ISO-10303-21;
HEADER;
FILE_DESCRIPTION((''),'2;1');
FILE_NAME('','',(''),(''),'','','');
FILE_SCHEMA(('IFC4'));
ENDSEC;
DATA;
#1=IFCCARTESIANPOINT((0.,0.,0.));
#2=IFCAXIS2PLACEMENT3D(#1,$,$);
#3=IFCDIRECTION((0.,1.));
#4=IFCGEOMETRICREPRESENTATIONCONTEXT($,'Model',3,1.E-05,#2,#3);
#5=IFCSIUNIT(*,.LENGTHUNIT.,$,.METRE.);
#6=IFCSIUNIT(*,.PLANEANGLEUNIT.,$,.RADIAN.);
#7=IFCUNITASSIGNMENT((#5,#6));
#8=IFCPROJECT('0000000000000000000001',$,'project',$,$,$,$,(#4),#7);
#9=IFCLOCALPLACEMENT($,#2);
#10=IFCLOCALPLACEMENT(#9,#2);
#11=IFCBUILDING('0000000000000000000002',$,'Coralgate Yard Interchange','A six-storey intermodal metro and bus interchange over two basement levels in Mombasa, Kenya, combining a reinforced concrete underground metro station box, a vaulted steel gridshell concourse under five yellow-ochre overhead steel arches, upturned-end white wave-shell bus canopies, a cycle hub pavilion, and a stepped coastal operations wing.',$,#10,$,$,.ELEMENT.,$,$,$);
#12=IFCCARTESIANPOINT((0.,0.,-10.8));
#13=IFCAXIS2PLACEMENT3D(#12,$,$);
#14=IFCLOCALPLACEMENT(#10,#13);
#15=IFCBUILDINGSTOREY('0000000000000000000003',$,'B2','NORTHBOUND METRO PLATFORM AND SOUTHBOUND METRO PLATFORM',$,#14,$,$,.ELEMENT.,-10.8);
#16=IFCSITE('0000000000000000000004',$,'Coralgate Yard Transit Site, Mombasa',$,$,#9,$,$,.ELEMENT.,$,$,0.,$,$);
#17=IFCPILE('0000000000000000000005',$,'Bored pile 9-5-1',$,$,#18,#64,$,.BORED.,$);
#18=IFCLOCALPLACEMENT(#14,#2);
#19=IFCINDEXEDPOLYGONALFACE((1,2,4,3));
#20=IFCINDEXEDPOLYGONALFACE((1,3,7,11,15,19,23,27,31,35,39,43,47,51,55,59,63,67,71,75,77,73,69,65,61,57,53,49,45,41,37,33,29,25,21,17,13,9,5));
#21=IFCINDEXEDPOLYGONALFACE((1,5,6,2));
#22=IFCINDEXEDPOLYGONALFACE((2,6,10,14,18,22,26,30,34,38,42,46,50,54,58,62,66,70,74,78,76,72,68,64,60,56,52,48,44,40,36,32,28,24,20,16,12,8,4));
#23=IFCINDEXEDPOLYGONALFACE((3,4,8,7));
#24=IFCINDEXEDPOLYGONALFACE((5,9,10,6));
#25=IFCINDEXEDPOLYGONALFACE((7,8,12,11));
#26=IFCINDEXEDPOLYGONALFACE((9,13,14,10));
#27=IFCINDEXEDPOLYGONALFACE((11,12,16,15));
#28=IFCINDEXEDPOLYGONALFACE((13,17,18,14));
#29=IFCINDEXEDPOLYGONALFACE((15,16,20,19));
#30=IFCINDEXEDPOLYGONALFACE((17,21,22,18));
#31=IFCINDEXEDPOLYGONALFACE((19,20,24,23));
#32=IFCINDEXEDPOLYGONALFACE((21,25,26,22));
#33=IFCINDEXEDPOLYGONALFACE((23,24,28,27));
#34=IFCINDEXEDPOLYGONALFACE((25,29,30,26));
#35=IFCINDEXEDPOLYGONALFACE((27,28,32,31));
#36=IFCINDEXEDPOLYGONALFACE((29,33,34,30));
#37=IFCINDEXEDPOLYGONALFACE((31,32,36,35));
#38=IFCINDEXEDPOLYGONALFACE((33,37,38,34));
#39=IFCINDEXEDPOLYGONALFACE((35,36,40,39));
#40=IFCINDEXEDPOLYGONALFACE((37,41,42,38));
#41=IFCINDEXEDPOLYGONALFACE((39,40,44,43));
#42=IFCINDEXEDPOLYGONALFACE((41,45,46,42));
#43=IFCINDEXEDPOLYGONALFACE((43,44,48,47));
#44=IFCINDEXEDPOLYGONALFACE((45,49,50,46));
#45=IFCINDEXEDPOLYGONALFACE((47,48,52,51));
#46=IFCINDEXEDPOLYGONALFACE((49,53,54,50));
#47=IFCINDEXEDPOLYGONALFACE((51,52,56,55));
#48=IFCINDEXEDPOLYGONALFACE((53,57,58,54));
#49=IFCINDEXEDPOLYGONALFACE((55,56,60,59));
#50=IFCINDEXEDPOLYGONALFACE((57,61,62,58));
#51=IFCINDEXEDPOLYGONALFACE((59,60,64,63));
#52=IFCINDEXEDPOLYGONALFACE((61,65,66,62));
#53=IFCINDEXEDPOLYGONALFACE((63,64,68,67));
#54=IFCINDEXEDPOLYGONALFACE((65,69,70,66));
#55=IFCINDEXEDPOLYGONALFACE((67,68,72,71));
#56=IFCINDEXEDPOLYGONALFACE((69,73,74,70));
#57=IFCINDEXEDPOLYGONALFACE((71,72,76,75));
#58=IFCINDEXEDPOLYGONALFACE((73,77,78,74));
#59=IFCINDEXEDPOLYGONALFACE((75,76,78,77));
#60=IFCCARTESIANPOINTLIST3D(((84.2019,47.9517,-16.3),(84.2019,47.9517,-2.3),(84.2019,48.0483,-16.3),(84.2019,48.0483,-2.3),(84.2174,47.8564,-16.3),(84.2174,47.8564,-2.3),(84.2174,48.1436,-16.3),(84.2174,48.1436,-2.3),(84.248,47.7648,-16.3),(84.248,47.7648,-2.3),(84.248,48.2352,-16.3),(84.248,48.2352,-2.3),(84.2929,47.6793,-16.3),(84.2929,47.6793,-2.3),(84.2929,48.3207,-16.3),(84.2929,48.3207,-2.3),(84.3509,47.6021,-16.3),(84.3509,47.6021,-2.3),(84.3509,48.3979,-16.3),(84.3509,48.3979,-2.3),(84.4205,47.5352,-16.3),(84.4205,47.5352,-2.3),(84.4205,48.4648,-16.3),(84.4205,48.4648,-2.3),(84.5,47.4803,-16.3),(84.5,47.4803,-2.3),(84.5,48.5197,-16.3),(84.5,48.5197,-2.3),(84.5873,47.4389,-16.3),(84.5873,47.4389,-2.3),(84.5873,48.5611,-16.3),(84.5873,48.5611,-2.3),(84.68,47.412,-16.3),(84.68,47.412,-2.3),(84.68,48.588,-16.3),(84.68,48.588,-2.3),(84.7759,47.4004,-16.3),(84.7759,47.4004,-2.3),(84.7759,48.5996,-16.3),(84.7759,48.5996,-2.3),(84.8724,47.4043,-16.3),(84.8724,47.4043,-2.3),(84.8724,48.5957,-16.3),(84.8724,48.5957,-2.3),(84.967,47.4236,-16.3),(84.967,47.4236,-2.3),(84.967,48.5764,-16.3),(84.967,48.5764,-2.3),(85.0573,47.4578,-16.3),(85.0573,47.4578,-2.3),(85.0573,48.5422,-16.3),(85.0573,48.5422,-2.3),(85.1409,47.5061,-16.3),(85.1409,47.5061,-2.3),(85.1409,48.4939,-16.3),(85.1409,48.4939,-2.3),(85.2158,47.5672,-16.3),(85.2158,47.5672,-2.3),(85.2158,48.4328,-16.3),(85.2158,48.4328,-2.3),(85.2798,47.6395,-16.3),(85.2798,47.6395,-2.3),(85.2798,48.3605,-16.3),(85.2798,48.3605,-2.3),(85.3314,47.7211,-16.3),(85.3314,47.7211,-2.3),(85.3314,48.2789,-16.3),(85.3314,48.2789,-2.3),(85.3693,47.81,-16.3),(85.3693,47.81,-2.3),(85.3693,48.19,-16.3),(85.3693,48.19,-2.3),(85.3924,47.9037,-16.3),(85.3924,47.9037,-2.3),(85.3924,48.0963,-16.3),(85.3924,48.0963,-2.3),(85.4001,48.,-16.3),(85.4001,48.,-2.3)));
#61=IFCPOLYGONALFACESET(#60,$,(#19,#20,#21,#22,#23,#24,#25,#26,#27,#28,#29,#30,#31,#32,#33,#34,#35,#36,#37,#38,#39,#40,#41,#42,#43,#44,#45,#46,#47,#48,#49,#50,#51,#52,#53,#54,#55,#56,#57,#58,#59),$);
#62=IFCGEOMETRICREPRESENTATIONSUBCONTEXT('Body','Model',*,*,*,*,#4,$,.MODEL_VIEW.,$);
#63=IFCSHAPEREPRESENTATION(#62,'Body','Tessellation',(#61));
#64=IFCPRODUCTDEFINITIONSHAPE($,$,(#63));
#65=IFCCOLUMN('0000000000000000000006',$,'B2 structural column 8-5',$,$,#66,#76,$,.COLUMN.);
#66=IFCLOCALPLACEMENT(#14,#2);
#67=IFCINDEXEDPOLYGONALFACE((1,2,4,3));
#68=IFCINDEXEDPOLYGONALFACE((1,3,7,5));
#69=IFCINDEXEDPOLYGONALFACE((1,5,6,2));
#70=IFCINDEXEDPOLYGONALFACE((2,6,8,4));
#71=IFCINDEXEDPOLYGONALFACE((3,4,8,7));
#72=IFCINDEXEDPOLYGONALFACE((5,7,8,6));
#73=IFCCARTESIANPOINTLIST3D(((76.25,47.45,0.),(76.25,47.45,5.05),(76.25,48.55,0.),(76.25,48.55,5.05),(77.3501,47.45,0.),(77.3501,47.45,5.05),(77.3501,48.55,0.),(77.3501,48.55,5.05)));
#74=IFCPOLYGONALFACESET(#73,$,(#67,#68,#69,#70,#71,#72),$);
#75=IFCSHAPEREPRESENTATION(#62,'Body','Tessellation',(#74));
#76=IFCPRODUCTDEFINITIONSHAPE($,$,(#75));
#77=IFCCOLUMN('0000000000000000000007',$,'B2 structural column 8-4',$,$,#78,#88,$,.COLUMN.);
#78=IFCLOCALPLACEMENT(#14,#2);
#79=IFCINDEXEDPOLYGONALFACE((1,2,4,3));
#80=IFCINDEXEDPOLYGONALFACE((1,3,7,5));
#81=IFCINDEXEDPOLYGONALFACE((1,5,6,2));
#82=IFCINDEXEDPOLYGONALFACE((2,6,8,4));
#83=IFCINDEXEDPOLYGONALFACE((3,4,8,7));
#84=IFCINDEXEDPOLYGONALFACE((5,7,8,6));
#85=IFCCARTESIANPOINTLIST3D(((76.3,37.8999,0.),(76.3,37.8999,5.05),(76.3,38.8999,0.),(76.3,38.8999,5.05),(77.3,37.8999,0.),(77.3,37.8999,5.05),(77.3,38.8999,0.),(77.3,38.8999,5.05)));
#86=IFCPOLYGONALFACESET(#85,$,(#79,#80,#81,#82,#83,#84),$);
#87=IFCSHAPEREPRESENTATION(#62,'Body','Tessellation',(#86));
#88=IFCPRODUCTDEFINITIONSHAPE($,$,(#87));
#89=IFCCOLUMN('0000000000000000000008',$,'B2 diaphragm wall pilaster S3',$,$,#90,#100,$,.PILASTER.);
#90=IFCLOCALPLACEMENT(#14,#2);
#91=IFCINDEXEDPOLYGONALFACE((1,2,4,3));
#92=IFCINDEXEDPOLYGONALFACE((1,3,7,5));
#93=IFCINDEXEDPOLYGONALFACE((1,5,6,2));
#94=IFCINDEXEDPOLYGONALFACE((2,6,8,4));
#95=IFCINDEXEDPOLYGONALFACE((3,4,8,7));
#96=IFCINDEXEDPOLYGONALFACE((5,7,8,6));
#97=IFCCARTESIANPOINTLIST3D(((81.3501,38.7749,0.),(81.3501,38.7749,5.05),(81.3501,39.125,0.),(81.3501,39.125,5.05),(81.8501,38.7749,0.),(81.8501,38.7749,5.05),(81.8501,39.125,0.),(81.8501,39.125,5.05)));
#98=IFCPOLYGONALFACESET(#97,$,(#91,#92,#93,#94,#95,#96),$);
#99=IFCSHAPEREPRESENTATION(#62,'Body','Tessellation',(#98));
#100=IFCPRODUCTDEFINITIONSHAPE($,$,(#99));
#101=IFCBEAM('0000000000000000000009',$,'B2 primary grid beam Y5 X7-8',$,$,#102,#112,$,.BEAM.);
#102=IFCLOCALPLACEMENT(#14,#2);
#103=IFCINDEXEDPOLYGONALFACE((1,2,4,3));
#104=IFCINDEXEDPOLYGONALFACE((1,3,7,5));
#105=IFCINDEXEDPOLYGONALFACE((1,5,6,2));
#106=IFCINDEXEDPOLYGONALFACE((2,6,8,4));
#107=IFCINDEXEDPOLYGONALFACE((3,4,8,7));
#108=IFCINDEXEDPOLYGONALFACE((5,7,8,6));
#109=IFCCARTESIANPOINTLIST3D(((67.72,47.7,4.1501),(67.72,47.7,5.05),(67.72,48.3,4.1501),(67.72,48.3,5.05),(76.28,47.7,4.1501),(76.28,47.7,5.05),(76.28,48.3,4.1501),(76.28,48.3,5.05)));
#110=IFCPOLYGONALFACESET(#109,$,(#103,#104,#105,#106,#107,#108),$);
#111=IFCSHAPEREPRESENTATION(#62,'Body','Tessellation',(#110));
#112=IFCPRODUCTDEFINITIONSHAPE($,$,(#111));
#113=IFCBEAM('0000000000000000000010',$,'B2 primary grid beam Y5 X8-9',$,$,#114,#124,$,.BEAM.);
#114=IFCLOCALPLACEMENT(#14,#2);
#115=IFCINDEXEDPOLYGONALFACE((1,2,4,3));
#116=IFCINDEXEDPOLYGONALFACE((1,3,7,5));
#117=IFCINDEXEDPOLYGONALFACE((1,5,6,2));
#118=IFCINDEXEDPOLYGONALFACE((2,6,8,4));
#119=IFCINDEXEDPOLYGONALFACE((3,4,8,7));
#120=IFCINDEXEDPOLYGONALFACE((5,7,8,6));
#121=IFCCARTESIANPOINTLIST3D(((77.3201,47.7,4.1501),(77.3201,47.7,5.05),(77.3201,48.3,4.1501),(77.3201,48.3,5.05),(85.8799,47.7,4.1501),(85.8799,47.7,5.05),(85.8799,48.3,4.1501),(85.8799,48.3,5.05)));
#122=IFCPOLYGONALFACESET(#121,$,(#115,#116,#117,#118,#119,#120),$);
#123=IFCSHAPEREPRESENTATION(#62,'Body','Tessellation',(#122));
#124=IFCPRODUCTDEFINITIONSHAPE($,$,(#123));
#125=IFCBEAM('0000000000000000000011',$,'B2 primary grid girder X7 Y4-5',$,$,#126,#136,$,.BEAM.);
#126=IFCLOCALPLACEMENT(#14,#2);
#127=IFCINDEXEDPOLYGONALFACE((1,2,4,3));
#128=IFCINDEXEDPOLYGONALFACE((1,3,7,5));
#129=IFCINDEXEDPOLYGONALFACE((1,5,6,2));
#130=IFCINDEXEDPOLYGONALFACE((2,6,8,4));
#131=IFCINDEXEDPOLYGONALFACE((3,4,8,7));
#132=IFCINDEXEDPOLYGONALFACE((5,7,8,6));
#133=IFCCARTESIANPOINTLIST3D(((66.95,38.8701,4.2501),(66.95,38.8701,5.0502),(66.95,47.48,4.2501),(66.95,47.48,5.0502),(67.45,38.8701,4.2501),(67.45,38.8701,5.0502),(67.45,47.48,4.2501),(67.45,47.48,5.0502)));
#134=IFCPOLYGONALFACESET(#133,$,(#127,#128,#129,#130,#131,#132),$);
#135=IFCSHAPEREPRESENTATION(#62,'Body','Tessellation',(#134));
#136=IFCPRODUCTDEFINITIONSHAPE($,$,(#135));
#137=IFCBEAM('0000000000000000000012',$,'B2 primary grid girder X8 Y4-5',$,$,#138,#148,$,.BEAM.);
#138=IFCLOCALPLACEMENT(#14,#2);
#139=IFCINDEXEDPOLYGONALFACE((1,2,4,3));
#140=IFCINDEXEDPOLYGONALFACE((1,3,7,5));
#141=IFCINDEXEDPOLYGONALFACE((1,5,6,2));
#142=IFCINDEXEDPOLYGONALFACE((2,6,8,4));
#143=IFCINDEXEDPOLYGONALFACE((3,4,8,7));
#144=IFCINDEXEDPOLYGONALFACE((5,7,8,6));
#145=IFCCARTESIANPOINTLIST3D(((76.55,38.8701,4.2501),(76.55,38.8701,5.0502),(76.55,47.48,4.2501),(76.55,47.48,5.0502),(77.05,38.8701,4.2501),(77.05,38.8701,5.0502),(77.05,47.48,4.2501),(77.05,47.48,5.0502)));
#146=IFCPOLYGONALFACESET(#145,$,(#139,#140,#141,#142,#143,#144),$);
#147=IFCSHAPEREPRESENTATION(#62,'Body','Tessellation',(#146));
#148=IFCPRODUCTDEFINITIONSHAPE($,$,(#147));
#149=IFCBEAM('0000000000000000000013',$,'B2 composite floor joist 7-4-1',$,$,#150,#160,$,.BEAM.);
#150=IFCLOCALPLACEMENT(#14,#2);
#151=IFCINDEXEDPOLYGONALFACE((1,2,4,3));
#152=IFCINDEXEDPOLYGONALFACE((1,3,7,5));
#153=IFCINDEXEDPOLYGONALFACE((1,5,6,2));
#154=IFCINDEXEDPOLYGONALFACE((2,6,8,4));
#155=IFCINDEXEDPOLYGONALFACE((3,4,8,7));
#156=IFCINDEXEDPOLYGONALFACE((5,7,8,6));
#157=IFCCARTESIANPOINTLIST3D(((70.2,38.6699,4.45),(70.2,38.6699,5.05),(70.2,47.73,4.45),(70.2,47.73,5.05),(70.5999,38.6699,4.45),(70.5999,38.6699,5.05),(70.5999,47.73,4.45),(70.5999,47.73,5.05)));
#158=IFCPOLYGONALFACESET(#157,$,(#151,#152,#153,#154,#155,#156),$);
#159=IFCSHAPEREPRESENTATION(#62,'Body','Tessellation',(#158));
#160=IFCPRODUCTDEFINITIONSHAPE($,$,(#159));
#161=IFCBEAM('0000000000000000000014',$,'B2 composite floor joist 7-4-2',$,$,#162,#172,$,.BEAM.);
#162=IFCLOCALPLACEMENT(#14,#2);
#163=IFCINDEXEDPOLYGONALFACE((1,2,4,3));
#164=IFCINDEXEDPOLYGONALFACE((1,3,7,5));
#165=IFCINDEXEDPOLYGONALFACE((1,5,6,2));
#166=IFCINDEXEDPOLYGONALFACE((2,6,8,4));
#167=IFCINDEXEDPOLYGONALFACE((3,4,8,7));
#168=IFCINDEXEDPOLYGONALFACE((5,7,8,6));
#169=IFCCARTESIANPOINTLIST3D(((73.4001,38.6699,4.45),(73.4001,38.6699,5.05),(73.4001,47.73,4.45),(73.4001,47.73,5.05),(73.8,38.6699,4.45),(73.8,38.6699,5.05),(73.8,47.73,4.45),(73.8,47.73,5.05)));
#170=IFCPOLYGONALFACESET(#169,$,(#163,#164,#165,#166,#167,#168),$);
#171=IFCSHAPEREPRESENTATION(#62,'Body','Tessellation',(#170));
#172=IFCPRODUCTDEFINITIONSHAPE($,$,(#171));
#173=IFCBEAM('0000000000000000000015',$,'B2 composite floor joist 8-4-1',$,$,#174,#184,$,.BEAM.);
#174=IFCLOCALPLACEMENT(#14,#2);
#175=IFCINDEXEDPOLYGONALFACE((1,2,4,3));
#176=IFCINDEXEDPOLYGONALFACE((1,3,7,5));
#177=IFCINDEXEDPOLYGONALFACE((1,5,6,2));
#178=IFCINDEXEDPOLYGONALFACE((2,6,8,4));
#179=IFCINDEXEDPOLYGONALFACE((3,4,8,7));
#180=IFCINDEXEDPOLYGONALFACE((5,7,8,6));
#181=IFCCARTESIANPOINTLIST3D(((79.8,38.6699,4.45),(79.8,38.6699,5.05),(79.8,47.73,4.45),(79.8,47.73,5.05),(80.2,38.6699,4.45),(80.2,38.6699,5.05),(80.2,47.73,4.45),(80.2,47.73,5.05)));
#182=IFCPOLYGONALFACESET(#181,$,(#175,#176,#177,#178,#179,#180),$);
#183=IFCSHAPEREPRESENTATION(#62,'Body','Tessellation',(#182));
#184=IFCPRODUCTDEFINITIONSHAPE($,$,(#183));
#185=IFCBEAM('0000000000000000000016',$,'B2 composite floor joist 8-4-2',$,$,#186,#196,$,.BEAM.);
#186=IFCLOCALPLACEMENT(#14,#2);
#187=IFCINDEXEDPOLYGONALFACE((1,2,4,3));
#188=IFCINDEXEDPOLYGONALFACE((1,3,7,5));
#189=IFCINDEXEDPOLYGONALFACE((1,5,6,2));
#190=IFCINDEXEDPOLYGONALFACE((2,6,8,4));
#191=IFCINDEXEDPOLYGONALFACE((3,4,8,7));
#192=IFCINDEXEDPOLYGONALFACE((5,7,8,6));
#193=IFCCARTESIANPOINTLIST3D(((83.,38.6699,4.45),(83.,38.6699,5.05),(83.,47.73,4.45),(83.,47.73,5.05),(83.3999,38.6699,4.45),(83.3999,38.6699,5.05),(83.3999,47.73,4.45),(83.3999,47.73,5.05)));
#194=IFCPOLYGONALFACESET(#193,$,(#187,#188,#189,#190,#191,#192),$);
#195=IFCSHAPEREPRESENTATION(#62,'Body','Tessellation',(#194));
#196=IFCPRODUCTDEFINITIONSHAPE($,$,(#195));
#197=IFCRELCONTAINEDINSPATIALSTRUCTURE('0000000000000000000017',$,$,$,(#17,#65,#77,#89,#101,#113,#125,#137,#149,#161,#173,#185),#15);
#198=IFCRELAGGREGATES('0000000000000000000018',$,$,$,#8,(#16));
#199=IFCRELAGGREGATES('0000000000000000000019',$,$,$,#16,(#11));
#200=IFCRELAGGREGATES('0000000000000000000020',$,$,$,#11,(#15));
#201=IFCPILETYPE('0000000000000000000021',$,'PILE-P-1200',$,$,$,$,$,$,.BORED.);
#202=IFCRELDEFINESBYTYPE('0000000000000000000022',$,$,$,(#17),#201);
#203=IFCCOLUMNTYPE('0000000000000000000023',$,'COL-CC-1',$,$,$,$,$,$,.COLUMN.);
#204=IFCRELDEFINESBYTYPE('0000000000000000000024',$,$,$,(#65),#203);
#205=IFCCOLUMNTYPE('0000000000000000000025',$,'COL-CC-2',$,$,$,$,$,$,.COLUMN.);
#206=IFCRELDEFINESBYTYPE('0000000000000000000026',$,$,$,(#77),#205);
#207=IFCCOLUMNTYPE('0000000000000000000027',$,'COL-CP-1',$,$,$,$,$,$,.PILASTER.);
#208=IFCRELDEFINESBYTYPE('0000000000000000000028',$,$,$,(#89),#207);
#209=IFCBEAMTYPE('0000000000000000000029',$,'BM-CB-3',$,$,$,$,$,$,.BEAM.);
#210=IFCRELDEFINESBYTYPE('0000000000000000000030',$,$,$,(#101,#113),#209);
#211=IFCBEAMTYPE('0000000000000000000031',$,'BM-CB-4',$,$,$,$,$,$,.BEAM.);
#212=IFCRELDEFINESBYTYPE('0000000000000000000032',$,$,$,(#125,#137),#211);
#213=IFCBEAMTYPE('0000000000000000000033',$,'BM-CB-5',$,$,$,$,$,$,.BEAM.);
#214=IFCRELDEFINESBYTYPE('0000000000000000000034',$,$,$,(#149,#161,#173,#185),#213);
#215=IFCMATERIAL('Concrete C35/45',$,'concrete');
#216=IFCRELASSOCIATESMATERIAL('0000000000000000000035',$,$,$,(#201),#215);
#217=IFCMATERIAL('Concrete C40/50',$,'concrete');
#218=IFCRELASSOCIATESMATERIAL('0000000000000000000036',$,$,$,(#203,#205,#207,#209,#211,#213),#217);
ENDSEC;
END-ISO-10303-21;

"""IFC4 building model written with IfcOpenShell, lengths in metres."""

from ifc_helpers import new_model, si_unit, direction, frame, origin, origin_2d, place, context, subcontext, project, spatial, rectangle, circle, extrude, material, material_profile, profile_set, type_object, element, save


model = new_model("IFC4")

# Units and contexts
model_context = context("Model", 3, precision=1e-05, world=origin(), true_north=direction((0.0, 1.0)))
body_context = subcontext(model_context, "Body", "Model", "MODEL_VIEW")
ifc_project = project(units=[si_unit("LENGTHUNIT", "METRE"), si_unit("PLANEANGLEUNIT", "RADIAN")], contexts=[model_context])

# Site, building, storey
site_placement = place(None, origin())
site = spatial("IfcSite", under=ifc_project, at=site_placement, Name="Coralgate Yard Transit Site, Mombasa", CompositionType="ELEMENT", RefElevation=0.0)
building_placement = place(site_placement, origin())
building = spatial("IfcBuilding", under=site, at=building_placement, Name="Coralgate Yard Interchange", Description="A six-storey intermodal metro and bus interchange over two basement levels in Mombasa, Kenya, combining a reinforced concrete underground metro station box, a vaulted steel gridshell concourse under five yellow-ochre overhead steel arches, upturned-end white wave-shell bus canopies, a cycle hub pavilion, and a stepped coastal operations wing.", CompositionType="ELEMENT")
storey_placement = place(building_placement, frame((0.0, 0.0, -10.8)))
storey = spatial("IfcBuildingStorey", under=building, at=storey_placement, Name="B2", Description="NORTHBOUND METRO PLATFORM AND SOUTHBOUND METRO PLATFORM", CompositionType="ELEMENT", Elevation=-10.8)

# Shared definitions
ifc_material_1 = material(Name="Concrete C40/50", Category="concrete")

# Pile
ifc_material_2 = material(Name="Concrete C35/45", Category="concrete")
ifc_material_profile_1 = material_profile(ifc_material_2, circle(Radius=0.6001, at=origin_2d()), Name="BORED PILE D1200")
ifc_profile_set_1 = profile_set([ifc_material_profile_1], Name="Concrete C35/45")
pile_type = type_object("IfcPileType", Name="PILE-P-1200", PredefinedType="BORED", material=ifc_profile_set_1)
for number, where, z_axis, x_axis, name in (
    (1, (84.8, 48.0, -2.3), (0.0, 0.0, -1.0), (1.0, 0.0, 0.0), "Bored pile 9-5-1"),
):
    element("IfcPile", number, at=place(storey_placement, frame(where, z_axis=z_axis, x_axis=x_axis)), inside=storey, type_object=pile_type, Name=name, PredefinedType="BORED", context=body_context, shape_type="SweptSolid", body=[
        extrude(circle(Radius=0.6001, at=origin_2d()), origin(), (0.0, 0.0, 1.0), 14.0),
    ])

# Columns
ifc_material_profile_2 = material_profile(ifc_material_1, rectangle(XDim=1.1001, YDim=1.1001, at=origin_2d()), Name="RC 1100x1100")
ifc_profile_set_2 = profile_set([ifc_material_profile_2], Name="Concrete C40/50")
column_type_1 = type_object("IfcColumnType", Name="COL-CC-1", PredefinedType="COLUMN", material=ifc_profile_set_2)
column_1_placement = place(storey_placement, frame((76.8, 48.0, 0.0), z_axis=(0.0, 0.0, 1.0), x_axis=(1.0, 0.0, 0.0)))
element("IfcColumn", 2, at=column_1_placement, inside=storey, type_object=column_type_1, Name="B2 structural column 8-5", PredefinedType="COLUMN", context=body_context, shape_type="SweptSolid", body=[
    extrude(rectangle(XDim=1.1001, YDim=1.1001, at=origin_2d()), origin(), (0.0, 0.0, 1.0), 5.05),
])
ifc_material_profile_3 = material_profile(ifc_material_1, rectangle(XDim=1.0, YDim=1.0, at=origin_2d()), Name="RC 1000x1000")
ifc_profile_set_3 = profile_set([ifc_material_profile_3], Name="Concrete C40/50")
column_type_2 = type_object("IfcColumnType", Name="COL-CC-2", PredefinedType="COLUMN", material=ifc_profile_set_3)
column_2_placement = place(storey_placement, frame((76.8, 38.3999, 0.0), z_axis=(0.0, 0.0, 1.0), x_axis=(1.0, 0.0, 0.0)))
element("IfcColumn", 3, at=column_2_placement, inside=storey, type_object=column_type_2, Name="B2 structural column 8-4", PredefinedType="COLUMN", context=body_context, shape_type="SweptSolid", body=[
    extrude(rectangle(XDim=1.0, YDim=1.0, at=origin_2d()), origin(), (0.0, 0.0, 1.0), 5.05),
])
ifc_material_profile_4 = material_profile(ifc_material_1, rectangle(XDim=0.5, YDim=0.3501, at=origin_2d()), Name="RC 500x350")
ifc_profile_set_4 = profile_set([ifc_material_profile_4], Name="Concrete C40/50")
column_type_3 = type_object("IfcColumnType", Name="COL-CP-1", PredefinedType="PILASTER", material=ifc_profile_set_4)
column_3_placement = place(storey_placement, frame((81.6001, 38.95, 0.0), z_axis=(0.0, 0.0, 1.0), x_axis=(1.0, 0.0, 0.0)))
element("IfcColumn", 4, at=column_3_placement, inside=storey, type_object=column_type_3, Name="B2 diaphragm wall pilaster S3", PredefinedType="PILASTER", context=body_context, shape_type="SweptSolid", body=[
    extrude(rectangle(XDim=0.5, YDim=0.3501, at=origin_2d()), origin(), (0.0, 0.0, 1.0), 5.05),
])

# Beams
ifc_material_profile_5 = material_profile(ifc_material_1, rectangle(XDim=0.6001, YDim=0.8999, at=origin_2d()), Name="RC 600x900")
ifc_profile_set_5 = profile_set([ifc_material_profile_5], Name="Concrete C40/50")
beam_type_1 = type_object("IfcBeamType", Name="BM-CB-3", PredefinedType="BEAM", material=ifc_profile_set_5)
beam_1_placement = place(storey_placement, frame((67.72, 48.0, 4.6001), z_axis=(1.0, 0.0, 0.0), x_axis=(0.0, 1.0, 0.0)))
element("IfcBeam", 5, at=beam_1_placement, inside=storey, type_object=beam_type_1, Name="B2 primary grid beam Y5 X7-8", PredefinedType="BEAM", context=body_context, shape_type="SweptSolid", body=[
    extrude(rectangle(XDim=0.6001, YDim=0.8999, at=origin_2d()), origin(), (0.0, 0.0, 1.0), 8.5601),
])
beam_2_placement = place(storey_placement, frame((77.3201, 48.0, 4.6001), z_axis=(1.0, 0.0, 0.0), x_axis=(0.0, 1.0, 0.0)))
element("IfcBeam", 6, at=beam_2_placement, inside=storey, type_object=beam_type_1, Name="B2 primary grid beam Y5 X8-9", PredefinedType="BEAM", context=body_context, shape_type="SweptSolid", body=[
    extrude(rectangle(XDim=0.6001, YDim=0.8999, at=origin_2d()), origin(), (0.0, 0.0, 1.0), 8.5598),
])
ifc_material_profile_6 = material_profile(ifc_material_1, rectangle(XDim=0.5, YDim=0.8, at=origin_2d()), Name="RC 500x800")
ifc_profile_set_6 = profile_set([ifc_material_profile_6], Name="Concrete C40/50")
beam_type_2 = type_object("IfcBeamType", Name="BM-CB-4", PredefinedType="BEAM", material=ifc_profile_set_6)
for number, where, z_axis, x_axis, name in (
    (7, (67.2, 38.8701, 4.6501), (0.0, 1.0, 0.0), (-1.0, 0.0, 0.0), "B2 primary grid girder X7 Y4-5"),
    (8, (76.8, 38.8701, 4.6501), (0.0, 1.0, 0.0), (-1.0, 0.0, 0.0), "B2 primary grid girder X8 Y4-5"),
):
    element("IfcBeam", number, at=place(storey_placement, frame(where, z_axis=z_axis, x_axis=x_axis)), inside=storey, type_object=beam_type_2, Name=name, PredefinedType="BEAM", context=body_context, shape_type="SweptSolid", body=[
        extrude(rectangle(XDim=0.5, YDim=0.8, at=origin_2d()), origin(), (0.0, 0.0, 1.0), 8.6099),
    ])
ifc_material_profile_7 = material_profile(ifc_material_1, rectangle(XDim=0.3999, YDim=0.6001, at=origin_2d()), Name="RC 400x600")
ifc_profile_set_7 = profile_set([ifc_material_profile_7], Name="Concrete C40/50")
beam_type_3 = type_object("IfcBeamType", Name="BM-CB-5", PredefinedType="BEAM", material=ifc_profile_set_7)
for number, where, z_axis, x_axis, name in (
    (9, (70.3999, 38.6699, 4.75), (0.0, 1.0, 0.0), (-1.0, 0.0, 0.0), "B2 composite floor joist 7-4-1"),
    (10, (73.6001, 38.6699, 4.75), (0.0, 1.0, 0.0), (-1.0, 0.0, 0.0), "B2 composite floor joist 7-4-2"),
    (11, (80.0, 38.6699, 4.75), (0.0, 1.0, 0.0), (-1.0, 0.0, 0.0), "B2 composite floor joist 8-4-1"),
    (12, (83.2, 38.6699, 4.75), (0.0, 1.0, 0.0), (-1.0, 0.0, 0.0), "B2 composite floor joist 8-4-2"),
):
    element("IfcBeam", number, at=place(storey_placement, frame(where, z_axis=z_axis, x_axis=x_axis)), inside=storey, type_object=beam_type_3, Name=name, PredefinedType="BEAM", context=body_context, shape_type="SweptSolid", body=[
        extrude(rectangle(XDim=0.3999, YDim=0.6001, at=origin_2d()), origin(), (0.0, 0.0, 1.0), 9.0601),
    ])

save(model, "model.ifc")
